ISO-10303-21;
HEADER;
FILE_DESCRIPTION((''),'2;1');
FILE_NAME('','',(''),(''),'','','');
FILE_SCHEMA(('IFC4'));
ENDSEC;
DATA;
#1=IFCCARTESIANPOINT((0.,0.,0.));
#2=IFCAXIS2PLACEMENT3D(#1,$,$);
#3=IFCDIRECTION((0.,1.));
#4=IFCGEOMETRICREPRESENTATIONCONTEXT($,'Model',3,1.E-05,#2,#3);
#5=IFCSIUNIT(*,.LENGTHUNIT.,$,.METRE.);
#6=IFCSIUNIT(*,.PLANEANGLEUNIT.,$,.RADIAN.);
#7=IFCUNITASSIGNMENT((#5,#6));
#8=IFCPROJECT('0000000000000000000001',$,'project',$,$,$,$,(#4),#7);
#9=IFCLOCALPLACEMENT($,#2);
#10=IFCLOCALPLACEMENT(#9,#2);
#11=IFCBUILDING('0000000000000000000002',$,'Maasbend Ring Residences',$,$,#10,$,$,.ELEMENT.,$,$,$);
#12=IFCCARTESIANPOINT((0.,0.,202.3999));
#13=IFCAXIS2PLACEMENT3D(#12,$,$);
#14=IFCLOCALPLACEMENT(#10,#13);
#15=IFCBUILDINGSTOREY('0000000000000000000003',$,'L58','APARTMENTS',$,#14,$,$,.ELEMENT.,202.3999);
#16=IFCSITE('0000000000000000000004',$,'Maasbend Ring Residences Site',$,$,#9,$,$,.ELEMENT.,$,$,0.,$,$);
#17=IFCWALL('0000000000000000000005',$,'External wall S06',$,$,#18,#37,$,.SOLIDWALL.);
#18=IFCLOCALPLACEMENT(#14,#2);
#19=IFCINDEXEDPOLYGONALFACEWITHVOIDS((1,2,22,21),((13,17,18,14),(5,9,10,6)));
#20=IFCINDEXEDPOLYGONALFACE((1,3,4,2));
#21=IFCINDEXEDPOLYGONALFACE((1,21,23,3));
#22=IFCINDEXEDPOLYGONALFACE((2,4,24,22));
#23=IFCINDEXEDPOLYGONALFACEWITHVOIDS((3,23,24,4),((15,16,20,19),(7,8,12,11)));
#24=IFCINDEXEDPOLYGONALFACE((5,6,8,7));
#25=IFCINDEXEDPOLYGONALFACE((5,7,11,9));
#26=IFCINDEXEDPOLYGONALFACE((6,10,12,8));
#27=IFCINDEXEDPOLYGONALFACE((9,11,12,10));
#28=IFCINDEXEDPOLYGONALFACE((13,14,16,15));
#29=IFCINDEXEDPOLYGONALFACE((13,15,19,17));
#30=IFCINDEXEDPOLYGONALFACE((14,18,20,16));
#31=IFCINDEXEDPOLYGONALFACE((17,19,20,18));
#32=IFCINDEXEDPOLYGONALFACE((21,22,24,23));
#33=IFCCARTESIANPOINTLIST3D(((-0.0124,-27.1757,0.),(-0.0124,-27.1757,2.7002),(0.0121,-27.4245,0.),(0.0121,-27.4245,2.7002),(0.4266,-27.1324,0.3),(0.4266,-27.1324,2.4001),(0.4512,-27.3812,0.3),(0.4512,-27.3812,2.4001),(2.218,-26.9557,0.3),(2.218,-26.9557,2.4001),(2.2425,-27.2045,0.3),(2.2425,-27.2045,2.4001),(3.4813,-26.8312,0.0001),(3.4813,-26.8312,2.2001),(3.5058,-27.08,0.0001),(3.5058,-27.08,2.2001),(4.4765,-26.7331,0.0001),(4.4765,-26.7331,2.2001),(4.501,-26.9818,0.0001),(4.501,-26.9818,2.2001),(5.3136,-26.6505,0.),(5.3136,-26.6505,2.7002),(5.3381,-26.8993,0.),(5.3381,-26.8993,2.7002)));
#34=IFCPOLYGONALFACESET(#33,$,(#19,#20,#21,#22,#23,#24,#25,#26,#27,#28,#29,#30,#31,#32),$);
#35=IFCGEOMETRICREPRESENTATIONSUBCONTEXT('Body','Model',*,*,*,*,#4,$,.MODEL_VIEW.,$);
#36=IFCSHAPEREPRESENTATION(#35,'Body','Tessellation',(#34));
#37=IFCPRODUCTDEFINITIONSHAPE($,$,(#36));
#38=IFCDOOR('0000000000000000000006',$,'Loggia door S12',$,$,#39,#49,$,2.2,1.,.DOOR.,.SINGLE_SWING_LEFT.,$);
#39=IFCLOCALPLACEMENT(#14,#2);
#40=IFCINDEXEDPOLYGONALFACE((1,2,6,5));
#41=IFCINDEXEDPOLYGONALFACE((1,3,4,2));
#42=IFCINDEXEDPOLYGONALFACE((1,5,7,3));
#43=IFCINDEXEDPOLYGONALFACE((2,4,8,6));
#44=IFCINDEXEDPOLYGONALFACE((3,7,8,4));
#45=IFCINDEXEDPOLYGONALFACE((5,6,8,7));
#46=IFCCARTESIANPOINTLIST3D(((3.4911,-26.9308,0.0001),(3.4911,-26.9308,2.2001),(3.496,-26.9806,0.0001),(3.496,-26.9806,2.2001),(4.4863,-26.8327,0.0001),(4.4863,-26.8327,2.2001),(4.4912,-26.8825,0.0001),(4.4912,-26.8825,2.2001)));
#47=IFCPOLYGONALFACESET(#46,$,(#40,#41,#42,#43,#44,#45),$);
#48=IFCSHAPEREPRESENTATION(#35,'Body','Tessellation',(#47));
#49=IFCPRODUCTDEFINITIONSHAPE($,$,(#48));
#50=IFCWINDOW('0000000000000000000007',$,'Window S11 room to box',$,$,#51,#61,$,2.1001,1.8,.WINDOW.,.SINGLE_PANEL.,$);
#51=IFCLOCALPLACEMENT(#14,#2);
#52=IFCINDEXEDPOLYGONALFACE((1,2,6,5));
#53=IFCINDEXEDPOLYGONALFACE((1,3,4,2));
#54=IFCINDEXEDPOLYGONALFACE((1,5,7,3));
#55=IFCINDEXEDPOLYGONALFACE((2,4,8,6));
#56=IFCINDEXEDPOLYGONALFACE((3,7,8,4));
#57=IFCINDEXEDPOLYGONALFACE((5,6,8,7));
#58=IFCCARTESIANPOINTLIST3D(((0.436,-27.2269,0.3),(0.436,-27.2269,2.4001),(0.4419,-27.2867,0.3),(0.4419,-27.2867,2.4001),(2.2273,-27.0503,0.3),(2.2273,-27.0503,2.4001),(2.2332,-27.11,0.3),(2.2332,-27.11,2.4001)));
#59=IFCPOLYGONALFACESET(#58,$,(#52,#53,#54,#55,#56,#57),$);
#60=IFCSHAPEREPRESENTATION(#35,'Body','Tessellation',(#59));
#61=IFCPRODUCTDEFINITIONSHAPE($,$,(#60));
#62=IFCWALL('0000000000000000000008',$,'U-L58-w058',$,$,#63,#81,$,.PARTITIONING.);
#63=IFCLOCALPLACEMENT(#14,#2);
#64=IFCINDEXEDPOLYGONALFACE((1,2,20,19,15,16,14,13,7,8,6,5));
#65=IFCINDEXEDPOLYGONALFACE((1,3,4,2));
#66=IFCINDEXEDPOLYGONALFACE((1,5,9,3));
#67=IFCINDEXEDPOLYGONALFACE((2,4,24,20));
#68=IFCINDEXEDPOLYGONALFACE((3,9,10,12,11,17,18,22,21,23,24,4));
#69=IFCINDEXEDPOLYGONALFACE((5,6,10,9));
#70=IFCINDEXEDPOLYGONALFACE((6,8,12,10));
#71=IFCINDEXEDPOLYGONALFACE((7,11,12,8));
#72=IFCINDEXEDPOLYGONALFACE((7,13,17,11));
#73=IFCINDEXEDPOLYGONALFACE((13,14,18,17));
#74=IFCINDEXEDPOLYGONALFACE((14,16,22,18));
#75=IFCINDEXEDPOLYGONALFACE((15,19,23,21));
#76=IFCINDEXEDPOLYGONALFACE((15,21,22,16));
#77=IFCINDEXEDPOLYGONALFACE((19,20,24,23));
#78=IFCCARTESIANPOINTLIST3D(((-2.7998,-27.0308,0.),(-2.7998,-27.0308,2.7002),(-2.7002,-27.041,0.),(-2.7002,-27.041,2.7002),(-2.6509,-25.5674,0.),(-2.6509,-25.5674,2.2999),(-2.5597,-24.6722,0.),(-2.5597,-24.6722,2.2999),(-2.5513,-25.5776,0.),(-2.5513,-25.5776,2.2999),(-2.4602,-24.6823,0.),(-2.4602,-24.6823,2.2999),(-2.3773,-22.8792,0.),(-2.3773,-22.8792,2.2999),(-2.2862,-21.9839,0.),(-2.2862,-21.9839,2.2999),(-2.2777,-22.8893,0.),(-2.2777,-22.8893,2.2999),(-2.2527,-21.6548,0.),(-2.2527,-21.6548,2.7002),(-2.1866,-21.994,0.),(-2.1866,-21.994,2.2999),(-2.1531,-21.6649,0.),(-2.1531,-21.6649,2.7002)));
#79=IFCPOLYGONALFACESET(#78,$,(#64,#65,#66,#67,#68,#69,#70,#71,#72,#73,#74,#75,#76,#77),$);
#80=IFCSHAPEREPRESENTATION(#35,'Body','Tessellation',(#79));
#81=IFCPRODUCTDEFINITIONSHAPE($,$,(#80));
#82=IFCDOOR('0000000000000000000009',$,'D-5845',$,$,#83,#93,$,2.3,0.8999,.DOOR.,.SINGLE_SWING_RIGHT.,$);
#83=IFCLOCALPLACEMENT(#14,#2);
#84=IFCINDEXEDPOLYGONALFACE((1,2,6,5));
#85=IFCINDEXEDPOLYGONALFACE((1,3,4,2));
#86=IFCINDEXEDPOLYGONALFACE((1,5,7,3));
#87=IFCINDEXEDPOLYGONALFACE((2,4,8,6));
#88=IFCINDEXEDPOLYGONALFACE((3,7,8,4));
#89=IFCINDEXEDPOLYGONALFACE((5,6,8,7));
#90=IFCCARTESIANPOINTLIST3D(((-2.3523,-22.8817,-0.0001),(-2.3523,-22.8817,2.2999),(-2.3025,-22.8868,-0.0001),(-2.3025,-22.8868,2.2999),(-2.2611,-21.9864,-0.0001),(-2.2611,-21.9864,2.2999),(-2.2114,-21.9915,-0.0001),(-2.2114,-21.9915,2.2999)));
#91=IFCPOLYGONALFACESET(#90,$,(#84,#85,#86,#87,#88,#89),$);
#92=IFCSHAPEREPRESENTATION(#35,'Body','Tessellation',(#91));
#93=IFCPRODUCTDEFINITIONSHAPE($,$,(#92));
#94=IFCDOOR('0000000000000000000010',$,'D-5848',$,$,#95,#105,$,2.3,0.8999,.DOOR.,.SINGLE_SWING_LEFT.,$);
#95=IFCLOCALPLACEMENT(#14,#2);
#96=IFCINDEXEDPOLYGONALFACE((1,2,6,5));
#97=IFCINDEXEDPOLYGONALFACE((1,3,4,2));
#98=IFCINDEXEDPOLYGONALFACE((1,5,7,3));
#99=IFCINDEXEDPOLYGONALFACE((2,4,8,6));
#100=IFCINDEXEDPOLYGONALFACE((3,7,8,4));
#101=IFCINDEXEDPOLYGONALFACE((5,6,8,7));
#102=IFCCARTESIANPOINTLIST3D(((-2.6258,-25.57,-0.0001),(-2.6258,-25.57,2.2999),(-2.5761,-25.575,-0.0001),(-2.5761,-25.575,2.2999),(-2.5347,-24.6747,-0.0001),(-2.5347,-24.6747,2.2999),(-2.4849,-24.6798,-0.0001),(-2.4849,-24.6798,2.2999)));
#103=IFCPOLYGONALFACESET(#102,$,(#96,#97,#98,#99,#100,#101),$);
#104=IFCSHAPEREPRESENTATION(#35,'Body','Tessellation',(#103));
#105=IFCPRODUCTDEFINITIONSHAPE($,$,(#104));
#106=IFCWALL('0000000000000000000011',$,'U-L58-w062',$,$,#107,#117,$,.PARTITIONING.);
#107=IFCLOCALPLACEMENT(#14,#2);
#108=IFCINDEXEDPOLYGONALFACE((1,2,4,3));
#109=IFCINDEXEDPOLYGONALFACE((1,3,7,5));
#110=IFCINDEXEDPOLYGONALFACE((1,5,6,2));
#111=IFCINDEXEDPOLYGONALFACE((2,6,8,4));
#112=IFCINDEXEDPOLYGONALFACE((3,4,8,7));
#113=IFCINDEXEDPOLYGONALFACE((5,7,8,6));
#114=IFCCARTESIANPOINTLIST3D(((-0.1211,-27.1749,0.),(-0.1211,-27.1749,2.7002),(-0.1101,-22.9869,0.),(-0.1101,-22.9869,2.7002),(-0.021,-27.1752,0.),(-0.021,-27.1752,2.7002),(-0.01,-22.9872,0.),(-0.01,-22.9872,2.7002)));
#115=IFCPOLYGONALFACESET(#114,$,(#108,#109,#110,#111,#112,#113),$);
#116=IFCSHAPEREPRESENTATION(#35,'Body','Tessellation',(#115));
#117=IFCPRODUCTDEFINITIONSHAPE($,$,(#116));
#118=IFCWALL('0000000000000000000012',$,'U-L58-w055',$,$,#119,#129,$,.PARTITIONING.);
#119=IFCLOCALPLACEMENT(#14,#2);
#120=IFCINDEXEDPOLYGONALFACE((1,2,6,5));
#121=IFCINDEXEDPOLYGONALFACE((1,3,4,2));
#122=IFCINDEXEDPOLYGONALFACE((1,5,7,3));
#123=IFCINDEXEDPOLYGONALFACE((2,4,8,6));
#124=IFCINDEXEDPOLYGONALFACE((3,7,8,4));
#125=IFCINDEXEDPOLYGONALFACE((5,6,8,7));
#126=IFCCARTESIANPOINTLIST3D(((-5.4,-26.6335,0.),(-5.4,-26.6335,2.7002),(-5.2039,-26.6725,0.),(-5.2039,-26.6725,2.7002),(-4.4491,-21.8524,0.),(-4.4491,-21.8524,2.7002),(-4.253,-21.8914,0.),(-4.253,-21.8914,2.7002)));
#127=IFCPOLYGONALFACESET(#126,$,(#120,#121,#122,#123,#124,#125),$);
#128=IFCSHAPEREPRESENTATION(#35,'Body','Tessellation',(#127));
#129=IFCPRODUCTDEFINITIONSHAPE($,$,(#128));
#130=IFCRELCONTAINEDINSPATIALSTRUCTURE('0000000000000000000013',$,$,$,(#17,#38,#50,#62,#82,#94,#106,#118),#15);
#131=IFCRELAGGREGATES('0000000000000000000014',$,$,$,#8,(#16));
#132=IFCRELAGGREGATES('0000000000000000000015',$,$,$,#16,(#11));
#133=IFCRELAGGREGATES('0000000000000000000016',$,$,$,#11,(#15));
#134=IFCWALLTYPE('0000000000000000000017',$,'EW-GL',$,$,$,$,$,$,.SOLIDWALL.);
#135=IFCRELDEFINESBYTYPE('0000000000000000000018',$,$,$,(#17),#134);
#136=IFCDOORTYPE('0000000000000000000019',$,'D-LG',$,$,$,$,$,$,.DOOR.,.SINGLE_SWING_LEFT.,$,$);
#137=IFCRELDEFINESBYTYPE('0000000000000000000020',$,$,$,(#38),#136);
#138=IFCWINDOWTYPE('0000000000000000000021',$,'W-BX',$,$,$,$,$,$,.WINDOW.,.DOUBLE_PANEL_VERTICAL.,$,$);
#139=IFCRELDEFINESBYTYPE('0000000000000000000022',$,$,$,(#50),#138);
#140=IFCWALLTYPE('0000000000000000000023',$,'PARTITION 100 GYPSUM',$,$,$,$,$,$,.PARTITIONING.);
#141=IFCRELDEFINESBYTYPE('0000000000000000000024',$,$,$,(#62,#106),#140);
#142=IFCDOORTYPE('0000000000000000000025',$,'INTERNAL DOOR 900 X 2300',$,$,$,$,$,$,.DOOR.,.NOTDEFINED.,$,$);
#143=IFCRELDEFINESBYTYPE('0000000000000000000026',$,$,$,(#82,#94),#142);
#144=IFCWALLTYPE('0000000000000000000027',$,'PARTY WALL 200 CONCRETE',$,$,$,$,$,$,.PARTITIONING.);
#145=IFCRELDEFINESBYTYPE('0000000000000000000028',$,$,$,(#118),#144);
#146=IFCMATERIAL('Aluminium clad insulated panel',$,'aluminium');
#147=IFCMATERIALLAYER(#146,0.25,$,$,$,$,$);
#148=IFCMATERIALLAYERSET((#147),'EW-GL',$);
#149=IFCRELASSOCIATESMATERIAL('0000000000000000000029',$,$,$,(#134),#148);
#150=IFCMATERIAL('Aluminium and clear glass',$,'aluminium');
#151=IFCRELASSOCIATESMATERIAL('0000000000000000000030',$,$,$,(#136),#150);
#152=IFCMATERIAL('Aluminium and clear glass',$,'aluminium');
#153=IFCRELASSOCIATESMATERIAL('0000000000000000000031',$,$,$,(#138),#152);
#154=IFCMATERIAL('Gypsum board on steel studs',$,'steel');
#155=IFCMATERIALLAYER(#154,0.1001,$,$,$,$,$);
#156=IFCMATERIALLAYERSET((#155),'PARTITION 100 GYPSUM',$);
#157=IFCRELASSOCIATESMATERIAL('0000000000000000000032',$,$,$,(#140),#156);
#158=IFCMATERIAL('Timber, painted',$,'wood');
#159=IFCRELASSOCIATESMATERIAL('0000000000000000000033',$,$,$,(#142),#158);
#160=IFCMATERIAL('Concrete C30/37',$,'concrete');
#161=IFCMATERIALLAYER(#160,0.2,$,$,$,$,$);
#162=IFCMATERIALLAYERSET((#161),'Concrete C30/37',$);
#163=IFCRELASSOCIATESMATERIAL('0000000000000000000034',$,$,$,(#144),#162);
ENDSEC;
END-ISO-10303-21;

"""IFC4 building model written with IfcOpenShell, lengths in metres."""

from ifc_helpers import new_model, si_unit, direction, frame, frame_2d, origin, place, context, subcontext, project, spatial, rectangle, extrude, material, layer, layer_set, type_object, element, fill, save


model = new_model("IFC4")

# Units and contexts
model_context = context("Model", 3, precision=1e-05, world=origin(), true_north=direction((0.0, 1.0)))
body_context = subcontext(model_context, "Body", "Model", "MODEL_VIEW")
ifc_project = project(units=[si_unit("LENGTHUNIT", "METRE"), si_unit("PLANEANGLEUNIT", "RADIAN")], contexts=[model_context])

# Site, building, storey
site_placement = place(None, origin())
site = spatial("IfcSite", under=ifc_project, at=site_placement, Name="Maasbend Ring Residences Site", CompositionType="ELEMENT", RefElevation=0.0)
building_placement = place(site_placement, origin())
building = spatial("IfcBuilding", under=site, at=building_placement, Name="Maasbend Ring Residences", CompositionType="ELEMENT")
storey_placement = place(building_placement, frame((0.0, 0.0, 202.3999)))
storey = spatial("IfcBuildingStorey", under=building, at=storey_placement, Name="L58", Description="APARTMENTS", CompositionType="ELEMENT", Elevation=202.3999)

# Wall, openings, door, window
ifc_material_1 = material(Name="Aluminium clad insulated panel", Category="aluminium")
ifc_layer_1 = layer(ifc_material_1, 0.25)
ifc_layer_set_1 = layer_set([ifc_layer_1], Name="EW-GL")
wall_type_1 = type_object("IfcWallType", Name="EW-GL", PredefinedType="SOLIDWALL", material=ifc_layer_set_1)
ifc_material_2 = material(Name="Aluminium and clear glass", Category="aluminium")
door_type_1 = type_object("IfcDoorType", Name="D-LG", OperationType="SINGLE_SWING_LEFT", PredefinedType="DOOR", material=ifc_material_2)
ifc_material_3 = material(Name="Aluminium and clear glass", Category="aluminium")
window_type_1 = type_object("IfcWindowType", Name="W-BX", PartitioningType="DOUBLE_PANEL_VERTICAL", PredefinedType="WINDOW", material=ifc_material_3)
wall_1_placement = place(storey_placement, frame((0.0, -27.3, 0.0), z_axis=(0.0, 0.0, 1.0), x_axis=(0.995174, 0.098126, 0.0)))
wall_1 = element("IfcWall", 1, at=wall_1_placement, inside=storey, type_object=wall_type_1, Name="External wall S06", PredefinedType="SOLIDWALL", context=body_context, shape_type="SweptSolid", body=[
    extrude(rectangle(XDim=5.3518, YDim=0.25, at=frame_2d((2.6758, 0.0))), origin(), (0.0, 0.0, 1.0), 2.7002),
])
opening_1_placement = place(wall_1_placement, frame((0.4412, 0.0, 0.3)))
opening_1 = element("IfcOpeningElement", 2, at=opening_1_placement, cuts=wall_1, PredefinedType="OPENING", context=body_context, shape_type="SweptSolid", body=[
    extrude(rectangle(XDim=1.8, YDim=2.1001, at=frame_2d((0.8999, 1.05))), frame((0.0, 0.135, 0.0), z_axis=(0.0, -1.0, 0.0), x_axis=(1.0, 0.0, 0.0)), (0.0, 0.0, 1.0), 0.27),
])
opening_2_placement = place(wall_1_placement, frame((3.5105, 0.0, 0.0)))
opening_2 = element("IfcOpeningElement", 3, at=opening_2_placement, cuts=wall_1, PredefinedType="OPENING", context=body_context, shape_type="SweptSolid", body=[
    extrude(rectangle(XDim=1.0, YDim=2.2, at=frame_2d((0.5, 1.1001))), frame((0.0, 0.135, 0.0), z_axis=(0.0, -1.0, 0.0), x_axis=(1.0, 0.0, 0.0)), (0.0, 0.0, 1.0), 0.27),
])
door_1_placement = place(opening_2_placement, origin())
door_1 = element("IfcDoor", 4, at=door_1_placement, inside=storey, type_object=door_type_1, Name="Loggia door S12", OperationType="SINGLE_SWING_LEFT", OverallHeight=2.2, OverallWidth=1.0, PredefinedType="DOOR", context=body_context, shape_type="SweptSolid", body=[
    extrude(rectangle(XDim=1.0, YDim=2.2, at=frame_2d((0.5, 1.1001))), frame((0.0, 0.0249, 0.0), z_axis=(0.0, -1.0, 0.0), x_axis=(1.0, 0.0, 0.0)), (0.0, 0.0, 1.0), 0.05),
])
fill(opening_2, door_1)
window_1_placement = place(opening_1_placement, origin())
window_1 = element("IfcWindow", 5, at=window_1_placement, inside=storey, type_object=window_type_1, Name="Window S11 room to box", OverallHeight=2.1001, OverallWidth=1.8, PartitioningType="SINGLE_PANEL", PredefinedType="WINDOW", context=body_context, shape_type="SweptSolid", body=[
    extrude(rectangle(XDim=1.8, YDim=2.1001, at=frame_2d((0.8999, 1.05))), frame((0.0, 0.03, 0.0), z_axis=(0.0, -1.0, 0.0), x_axis=(1.0, 0.0, 0.0)), (0.0, 0.0, 1.0), 0.0601),
])
fill(opening_1, window_1)

# Wall, openings, doors
ifc_material_4 = material(Name="Gypsum board on steel studs", Category="steel")
ifc_layer_2 = layer(ifc_material_4, 0.1001)
ifc_layer_set_2 = layer_set([ifc_layer_2], Name="PARTITION 100 GYPSUM")
wall_type_2 = type_object("IfcWallType", Name="PARTITION 100 GYPSUM", PredefinedType="PARTITIONING", material=ifc_layer_set_2)
wall_2_placement = place(storey_placement, frame((-2.75, -27.0359, 0.0), z_axis=(0.0, 0.0, 1.0), x_axis=(0.101248, 0.994861, 0.0)))
wall_2 = element("IfcWall", 6, at=wall_2_placement, inside=storey, type_object=wall_type_2, Name="U-L58-w058", PredefinedType="PARTITIONING", context=body_context, shape_type="SweptSolid", body=[
    extrude(rectangle(XDim=5.4038, YDim=0.1001, at=frame_2d((2.7019, 0.0))), origin(), (0.0, 0.0, 1.0), 2.7002),
])
opening_3_placement = place(wall_2_placement, frame((4.1731, 0.0, 0.0)))
opening_3 = element("IfcOpeningElement", 7, at=opening_3_placement, cuts=wall_2, PredefinedType="OPENING", context=body_context, shape_type="SweptSolid", body=[
    extrude(rectangle(XDim=0.8999, YDim=2.3, at=frame_2d((0.45, 1.1499))), frame((0.0, 0.0601, 0.0), z_axis=(0.0, -1.0, 0.0), x_axis=(1.0, 0.0, 0.0)), (0.0, 0.0, 1.0), 0.1201),
])
opening_4_placement = place(wall_2_placement, frame((1.4709, 0.0, 0.0)))
opening_4 = element("IfcOpeningElement", 8, at=opening_4_placement, cuts=wall_2, PredefinedType="OPENING", context=body_context, shape_type="SweptSolid", body=[
    extrude(rectangle(XDim=0.8999, YDim=2.3, at=frame_2d((0.45, 1.1499))), frame((0.0, 0.0601, 0.0), z_axis=(0.0, -1.0, 0.0), x_axis=(1.0, 0.0, 0.0)), (0.0, 0.0, 1.0), 0.1201),
])
ifc_material_5 = material(Name="Timber, painted", Category="wood")
door_type_2 = type_object("IfcDoorType", Name="INTERNAL DOOR 900 X 2300", OperationType="NOTDEFINED", PredefinedType="DOOR", material=ifc_material_5)
door_2_placement = place(opening_3_placement, origin())
door_2 = element("IfcDoor", 9, at=door_2_placement, inside=storey, type_object=door_type_2, Name="D-5845", OperationType="SINGLE_SWING_RIGHT", OverallHeight=2.3, OverallWidth=0.8999, PredefinedType="DOOR", context=body_context, shape_type="SweptSolid", body=[
    extrude(rectangle(XDim=0.8999, YDim=2.3, at=frame_2d((0.45, 1.1499))), frame((0.0, 0.0249, 0.0), z_axis=(0.0, -1.0, 0.0), x_axis=(1.0, 0.0, 0.0)), (0.0, 0.0, 1.0), 0.05),
])
fill(opening_3, door_2)
door_3_placement = place(opening_4_placement, origin())
door_3 = element("IfcDoor", 10, at=door_3_placement, inside=storey, type_object=door_type_2, Name="D-5848", OperationType="SINGLE_SWING_LEFT", OverallHeight=2.3, OverallWidth=0.8999, PredefinedType="DOOR", context=body_context, shape_type="SweptSolid", body=[
    extrude(rectangle(XDim=0.8999, YDim=2.3, at=frame_2d((0.45, 1.1499))), frame((0.0, 0.0249, 0.0), z_axis=(0.0, -1.0, 0.0), x_axis=(1.0, 0.0, 0.0)), (0.0, 0.0, 1.0), 0.05),
])
fill(opening_4, door_3)

# Walls
wall_3_placement = place(storey_placement, frame((-0.071, -27.175, 0.0), z_axis=(0.0, 0.0, 1.0), x_axis=(0.002623, 0.999997, 0.0)))
element("IfcWall", 11, at=wall_3_placement, inside=storey, type_object=wall_type_2, Name="U-L58-w062", PredefinedType="PARTITIONING", context=body_context, shape_type="SweptSolid", body=[
    extrude(rectangle(XDim=4.188, YDim=0.1001, at=frame_2d((2.094, 0.0))), origin(), (0.0, 0.0, 1.0), 2.7002),
])
ifc_material_6 = material(Name="Concrete C30/37", Category="concrete")
ifc_layer_3 = layer(ifc_material_6, 0.2)
ifc_layer_set_3 = layer_set([ifc_layer_3], Name="Concrete C30/37")
wall_type_3 = type_object("IfcWallType", Name="PARTY WALL 200 CONCRETE", PredefinedType="PARTITIONING", material=ifc_layer_set_3)
wall_4_placement = place(storey_placement, frame((-5.302, -26.6531, 0.0), z_axis=(0.0, 0.0, 1.0), x_axis=(0.195076, 0.980788, 0.0)))
element("IfcWall", 12, at=wall_4_placement, inside=storey, type_object=wall_type_3, Name="U-L58-w055", PredefinedType="PARTITIONING", context=body_context, shape_type="SweptSolid", body=[
    extrude(rectangle(XDim=4.8748, YDim=0.2, at=frame_2d((2.4375, 0.0))), origin(), (0.0, 0.0, 1.0), 2.7002),
])

save(model, "model.ifc")
